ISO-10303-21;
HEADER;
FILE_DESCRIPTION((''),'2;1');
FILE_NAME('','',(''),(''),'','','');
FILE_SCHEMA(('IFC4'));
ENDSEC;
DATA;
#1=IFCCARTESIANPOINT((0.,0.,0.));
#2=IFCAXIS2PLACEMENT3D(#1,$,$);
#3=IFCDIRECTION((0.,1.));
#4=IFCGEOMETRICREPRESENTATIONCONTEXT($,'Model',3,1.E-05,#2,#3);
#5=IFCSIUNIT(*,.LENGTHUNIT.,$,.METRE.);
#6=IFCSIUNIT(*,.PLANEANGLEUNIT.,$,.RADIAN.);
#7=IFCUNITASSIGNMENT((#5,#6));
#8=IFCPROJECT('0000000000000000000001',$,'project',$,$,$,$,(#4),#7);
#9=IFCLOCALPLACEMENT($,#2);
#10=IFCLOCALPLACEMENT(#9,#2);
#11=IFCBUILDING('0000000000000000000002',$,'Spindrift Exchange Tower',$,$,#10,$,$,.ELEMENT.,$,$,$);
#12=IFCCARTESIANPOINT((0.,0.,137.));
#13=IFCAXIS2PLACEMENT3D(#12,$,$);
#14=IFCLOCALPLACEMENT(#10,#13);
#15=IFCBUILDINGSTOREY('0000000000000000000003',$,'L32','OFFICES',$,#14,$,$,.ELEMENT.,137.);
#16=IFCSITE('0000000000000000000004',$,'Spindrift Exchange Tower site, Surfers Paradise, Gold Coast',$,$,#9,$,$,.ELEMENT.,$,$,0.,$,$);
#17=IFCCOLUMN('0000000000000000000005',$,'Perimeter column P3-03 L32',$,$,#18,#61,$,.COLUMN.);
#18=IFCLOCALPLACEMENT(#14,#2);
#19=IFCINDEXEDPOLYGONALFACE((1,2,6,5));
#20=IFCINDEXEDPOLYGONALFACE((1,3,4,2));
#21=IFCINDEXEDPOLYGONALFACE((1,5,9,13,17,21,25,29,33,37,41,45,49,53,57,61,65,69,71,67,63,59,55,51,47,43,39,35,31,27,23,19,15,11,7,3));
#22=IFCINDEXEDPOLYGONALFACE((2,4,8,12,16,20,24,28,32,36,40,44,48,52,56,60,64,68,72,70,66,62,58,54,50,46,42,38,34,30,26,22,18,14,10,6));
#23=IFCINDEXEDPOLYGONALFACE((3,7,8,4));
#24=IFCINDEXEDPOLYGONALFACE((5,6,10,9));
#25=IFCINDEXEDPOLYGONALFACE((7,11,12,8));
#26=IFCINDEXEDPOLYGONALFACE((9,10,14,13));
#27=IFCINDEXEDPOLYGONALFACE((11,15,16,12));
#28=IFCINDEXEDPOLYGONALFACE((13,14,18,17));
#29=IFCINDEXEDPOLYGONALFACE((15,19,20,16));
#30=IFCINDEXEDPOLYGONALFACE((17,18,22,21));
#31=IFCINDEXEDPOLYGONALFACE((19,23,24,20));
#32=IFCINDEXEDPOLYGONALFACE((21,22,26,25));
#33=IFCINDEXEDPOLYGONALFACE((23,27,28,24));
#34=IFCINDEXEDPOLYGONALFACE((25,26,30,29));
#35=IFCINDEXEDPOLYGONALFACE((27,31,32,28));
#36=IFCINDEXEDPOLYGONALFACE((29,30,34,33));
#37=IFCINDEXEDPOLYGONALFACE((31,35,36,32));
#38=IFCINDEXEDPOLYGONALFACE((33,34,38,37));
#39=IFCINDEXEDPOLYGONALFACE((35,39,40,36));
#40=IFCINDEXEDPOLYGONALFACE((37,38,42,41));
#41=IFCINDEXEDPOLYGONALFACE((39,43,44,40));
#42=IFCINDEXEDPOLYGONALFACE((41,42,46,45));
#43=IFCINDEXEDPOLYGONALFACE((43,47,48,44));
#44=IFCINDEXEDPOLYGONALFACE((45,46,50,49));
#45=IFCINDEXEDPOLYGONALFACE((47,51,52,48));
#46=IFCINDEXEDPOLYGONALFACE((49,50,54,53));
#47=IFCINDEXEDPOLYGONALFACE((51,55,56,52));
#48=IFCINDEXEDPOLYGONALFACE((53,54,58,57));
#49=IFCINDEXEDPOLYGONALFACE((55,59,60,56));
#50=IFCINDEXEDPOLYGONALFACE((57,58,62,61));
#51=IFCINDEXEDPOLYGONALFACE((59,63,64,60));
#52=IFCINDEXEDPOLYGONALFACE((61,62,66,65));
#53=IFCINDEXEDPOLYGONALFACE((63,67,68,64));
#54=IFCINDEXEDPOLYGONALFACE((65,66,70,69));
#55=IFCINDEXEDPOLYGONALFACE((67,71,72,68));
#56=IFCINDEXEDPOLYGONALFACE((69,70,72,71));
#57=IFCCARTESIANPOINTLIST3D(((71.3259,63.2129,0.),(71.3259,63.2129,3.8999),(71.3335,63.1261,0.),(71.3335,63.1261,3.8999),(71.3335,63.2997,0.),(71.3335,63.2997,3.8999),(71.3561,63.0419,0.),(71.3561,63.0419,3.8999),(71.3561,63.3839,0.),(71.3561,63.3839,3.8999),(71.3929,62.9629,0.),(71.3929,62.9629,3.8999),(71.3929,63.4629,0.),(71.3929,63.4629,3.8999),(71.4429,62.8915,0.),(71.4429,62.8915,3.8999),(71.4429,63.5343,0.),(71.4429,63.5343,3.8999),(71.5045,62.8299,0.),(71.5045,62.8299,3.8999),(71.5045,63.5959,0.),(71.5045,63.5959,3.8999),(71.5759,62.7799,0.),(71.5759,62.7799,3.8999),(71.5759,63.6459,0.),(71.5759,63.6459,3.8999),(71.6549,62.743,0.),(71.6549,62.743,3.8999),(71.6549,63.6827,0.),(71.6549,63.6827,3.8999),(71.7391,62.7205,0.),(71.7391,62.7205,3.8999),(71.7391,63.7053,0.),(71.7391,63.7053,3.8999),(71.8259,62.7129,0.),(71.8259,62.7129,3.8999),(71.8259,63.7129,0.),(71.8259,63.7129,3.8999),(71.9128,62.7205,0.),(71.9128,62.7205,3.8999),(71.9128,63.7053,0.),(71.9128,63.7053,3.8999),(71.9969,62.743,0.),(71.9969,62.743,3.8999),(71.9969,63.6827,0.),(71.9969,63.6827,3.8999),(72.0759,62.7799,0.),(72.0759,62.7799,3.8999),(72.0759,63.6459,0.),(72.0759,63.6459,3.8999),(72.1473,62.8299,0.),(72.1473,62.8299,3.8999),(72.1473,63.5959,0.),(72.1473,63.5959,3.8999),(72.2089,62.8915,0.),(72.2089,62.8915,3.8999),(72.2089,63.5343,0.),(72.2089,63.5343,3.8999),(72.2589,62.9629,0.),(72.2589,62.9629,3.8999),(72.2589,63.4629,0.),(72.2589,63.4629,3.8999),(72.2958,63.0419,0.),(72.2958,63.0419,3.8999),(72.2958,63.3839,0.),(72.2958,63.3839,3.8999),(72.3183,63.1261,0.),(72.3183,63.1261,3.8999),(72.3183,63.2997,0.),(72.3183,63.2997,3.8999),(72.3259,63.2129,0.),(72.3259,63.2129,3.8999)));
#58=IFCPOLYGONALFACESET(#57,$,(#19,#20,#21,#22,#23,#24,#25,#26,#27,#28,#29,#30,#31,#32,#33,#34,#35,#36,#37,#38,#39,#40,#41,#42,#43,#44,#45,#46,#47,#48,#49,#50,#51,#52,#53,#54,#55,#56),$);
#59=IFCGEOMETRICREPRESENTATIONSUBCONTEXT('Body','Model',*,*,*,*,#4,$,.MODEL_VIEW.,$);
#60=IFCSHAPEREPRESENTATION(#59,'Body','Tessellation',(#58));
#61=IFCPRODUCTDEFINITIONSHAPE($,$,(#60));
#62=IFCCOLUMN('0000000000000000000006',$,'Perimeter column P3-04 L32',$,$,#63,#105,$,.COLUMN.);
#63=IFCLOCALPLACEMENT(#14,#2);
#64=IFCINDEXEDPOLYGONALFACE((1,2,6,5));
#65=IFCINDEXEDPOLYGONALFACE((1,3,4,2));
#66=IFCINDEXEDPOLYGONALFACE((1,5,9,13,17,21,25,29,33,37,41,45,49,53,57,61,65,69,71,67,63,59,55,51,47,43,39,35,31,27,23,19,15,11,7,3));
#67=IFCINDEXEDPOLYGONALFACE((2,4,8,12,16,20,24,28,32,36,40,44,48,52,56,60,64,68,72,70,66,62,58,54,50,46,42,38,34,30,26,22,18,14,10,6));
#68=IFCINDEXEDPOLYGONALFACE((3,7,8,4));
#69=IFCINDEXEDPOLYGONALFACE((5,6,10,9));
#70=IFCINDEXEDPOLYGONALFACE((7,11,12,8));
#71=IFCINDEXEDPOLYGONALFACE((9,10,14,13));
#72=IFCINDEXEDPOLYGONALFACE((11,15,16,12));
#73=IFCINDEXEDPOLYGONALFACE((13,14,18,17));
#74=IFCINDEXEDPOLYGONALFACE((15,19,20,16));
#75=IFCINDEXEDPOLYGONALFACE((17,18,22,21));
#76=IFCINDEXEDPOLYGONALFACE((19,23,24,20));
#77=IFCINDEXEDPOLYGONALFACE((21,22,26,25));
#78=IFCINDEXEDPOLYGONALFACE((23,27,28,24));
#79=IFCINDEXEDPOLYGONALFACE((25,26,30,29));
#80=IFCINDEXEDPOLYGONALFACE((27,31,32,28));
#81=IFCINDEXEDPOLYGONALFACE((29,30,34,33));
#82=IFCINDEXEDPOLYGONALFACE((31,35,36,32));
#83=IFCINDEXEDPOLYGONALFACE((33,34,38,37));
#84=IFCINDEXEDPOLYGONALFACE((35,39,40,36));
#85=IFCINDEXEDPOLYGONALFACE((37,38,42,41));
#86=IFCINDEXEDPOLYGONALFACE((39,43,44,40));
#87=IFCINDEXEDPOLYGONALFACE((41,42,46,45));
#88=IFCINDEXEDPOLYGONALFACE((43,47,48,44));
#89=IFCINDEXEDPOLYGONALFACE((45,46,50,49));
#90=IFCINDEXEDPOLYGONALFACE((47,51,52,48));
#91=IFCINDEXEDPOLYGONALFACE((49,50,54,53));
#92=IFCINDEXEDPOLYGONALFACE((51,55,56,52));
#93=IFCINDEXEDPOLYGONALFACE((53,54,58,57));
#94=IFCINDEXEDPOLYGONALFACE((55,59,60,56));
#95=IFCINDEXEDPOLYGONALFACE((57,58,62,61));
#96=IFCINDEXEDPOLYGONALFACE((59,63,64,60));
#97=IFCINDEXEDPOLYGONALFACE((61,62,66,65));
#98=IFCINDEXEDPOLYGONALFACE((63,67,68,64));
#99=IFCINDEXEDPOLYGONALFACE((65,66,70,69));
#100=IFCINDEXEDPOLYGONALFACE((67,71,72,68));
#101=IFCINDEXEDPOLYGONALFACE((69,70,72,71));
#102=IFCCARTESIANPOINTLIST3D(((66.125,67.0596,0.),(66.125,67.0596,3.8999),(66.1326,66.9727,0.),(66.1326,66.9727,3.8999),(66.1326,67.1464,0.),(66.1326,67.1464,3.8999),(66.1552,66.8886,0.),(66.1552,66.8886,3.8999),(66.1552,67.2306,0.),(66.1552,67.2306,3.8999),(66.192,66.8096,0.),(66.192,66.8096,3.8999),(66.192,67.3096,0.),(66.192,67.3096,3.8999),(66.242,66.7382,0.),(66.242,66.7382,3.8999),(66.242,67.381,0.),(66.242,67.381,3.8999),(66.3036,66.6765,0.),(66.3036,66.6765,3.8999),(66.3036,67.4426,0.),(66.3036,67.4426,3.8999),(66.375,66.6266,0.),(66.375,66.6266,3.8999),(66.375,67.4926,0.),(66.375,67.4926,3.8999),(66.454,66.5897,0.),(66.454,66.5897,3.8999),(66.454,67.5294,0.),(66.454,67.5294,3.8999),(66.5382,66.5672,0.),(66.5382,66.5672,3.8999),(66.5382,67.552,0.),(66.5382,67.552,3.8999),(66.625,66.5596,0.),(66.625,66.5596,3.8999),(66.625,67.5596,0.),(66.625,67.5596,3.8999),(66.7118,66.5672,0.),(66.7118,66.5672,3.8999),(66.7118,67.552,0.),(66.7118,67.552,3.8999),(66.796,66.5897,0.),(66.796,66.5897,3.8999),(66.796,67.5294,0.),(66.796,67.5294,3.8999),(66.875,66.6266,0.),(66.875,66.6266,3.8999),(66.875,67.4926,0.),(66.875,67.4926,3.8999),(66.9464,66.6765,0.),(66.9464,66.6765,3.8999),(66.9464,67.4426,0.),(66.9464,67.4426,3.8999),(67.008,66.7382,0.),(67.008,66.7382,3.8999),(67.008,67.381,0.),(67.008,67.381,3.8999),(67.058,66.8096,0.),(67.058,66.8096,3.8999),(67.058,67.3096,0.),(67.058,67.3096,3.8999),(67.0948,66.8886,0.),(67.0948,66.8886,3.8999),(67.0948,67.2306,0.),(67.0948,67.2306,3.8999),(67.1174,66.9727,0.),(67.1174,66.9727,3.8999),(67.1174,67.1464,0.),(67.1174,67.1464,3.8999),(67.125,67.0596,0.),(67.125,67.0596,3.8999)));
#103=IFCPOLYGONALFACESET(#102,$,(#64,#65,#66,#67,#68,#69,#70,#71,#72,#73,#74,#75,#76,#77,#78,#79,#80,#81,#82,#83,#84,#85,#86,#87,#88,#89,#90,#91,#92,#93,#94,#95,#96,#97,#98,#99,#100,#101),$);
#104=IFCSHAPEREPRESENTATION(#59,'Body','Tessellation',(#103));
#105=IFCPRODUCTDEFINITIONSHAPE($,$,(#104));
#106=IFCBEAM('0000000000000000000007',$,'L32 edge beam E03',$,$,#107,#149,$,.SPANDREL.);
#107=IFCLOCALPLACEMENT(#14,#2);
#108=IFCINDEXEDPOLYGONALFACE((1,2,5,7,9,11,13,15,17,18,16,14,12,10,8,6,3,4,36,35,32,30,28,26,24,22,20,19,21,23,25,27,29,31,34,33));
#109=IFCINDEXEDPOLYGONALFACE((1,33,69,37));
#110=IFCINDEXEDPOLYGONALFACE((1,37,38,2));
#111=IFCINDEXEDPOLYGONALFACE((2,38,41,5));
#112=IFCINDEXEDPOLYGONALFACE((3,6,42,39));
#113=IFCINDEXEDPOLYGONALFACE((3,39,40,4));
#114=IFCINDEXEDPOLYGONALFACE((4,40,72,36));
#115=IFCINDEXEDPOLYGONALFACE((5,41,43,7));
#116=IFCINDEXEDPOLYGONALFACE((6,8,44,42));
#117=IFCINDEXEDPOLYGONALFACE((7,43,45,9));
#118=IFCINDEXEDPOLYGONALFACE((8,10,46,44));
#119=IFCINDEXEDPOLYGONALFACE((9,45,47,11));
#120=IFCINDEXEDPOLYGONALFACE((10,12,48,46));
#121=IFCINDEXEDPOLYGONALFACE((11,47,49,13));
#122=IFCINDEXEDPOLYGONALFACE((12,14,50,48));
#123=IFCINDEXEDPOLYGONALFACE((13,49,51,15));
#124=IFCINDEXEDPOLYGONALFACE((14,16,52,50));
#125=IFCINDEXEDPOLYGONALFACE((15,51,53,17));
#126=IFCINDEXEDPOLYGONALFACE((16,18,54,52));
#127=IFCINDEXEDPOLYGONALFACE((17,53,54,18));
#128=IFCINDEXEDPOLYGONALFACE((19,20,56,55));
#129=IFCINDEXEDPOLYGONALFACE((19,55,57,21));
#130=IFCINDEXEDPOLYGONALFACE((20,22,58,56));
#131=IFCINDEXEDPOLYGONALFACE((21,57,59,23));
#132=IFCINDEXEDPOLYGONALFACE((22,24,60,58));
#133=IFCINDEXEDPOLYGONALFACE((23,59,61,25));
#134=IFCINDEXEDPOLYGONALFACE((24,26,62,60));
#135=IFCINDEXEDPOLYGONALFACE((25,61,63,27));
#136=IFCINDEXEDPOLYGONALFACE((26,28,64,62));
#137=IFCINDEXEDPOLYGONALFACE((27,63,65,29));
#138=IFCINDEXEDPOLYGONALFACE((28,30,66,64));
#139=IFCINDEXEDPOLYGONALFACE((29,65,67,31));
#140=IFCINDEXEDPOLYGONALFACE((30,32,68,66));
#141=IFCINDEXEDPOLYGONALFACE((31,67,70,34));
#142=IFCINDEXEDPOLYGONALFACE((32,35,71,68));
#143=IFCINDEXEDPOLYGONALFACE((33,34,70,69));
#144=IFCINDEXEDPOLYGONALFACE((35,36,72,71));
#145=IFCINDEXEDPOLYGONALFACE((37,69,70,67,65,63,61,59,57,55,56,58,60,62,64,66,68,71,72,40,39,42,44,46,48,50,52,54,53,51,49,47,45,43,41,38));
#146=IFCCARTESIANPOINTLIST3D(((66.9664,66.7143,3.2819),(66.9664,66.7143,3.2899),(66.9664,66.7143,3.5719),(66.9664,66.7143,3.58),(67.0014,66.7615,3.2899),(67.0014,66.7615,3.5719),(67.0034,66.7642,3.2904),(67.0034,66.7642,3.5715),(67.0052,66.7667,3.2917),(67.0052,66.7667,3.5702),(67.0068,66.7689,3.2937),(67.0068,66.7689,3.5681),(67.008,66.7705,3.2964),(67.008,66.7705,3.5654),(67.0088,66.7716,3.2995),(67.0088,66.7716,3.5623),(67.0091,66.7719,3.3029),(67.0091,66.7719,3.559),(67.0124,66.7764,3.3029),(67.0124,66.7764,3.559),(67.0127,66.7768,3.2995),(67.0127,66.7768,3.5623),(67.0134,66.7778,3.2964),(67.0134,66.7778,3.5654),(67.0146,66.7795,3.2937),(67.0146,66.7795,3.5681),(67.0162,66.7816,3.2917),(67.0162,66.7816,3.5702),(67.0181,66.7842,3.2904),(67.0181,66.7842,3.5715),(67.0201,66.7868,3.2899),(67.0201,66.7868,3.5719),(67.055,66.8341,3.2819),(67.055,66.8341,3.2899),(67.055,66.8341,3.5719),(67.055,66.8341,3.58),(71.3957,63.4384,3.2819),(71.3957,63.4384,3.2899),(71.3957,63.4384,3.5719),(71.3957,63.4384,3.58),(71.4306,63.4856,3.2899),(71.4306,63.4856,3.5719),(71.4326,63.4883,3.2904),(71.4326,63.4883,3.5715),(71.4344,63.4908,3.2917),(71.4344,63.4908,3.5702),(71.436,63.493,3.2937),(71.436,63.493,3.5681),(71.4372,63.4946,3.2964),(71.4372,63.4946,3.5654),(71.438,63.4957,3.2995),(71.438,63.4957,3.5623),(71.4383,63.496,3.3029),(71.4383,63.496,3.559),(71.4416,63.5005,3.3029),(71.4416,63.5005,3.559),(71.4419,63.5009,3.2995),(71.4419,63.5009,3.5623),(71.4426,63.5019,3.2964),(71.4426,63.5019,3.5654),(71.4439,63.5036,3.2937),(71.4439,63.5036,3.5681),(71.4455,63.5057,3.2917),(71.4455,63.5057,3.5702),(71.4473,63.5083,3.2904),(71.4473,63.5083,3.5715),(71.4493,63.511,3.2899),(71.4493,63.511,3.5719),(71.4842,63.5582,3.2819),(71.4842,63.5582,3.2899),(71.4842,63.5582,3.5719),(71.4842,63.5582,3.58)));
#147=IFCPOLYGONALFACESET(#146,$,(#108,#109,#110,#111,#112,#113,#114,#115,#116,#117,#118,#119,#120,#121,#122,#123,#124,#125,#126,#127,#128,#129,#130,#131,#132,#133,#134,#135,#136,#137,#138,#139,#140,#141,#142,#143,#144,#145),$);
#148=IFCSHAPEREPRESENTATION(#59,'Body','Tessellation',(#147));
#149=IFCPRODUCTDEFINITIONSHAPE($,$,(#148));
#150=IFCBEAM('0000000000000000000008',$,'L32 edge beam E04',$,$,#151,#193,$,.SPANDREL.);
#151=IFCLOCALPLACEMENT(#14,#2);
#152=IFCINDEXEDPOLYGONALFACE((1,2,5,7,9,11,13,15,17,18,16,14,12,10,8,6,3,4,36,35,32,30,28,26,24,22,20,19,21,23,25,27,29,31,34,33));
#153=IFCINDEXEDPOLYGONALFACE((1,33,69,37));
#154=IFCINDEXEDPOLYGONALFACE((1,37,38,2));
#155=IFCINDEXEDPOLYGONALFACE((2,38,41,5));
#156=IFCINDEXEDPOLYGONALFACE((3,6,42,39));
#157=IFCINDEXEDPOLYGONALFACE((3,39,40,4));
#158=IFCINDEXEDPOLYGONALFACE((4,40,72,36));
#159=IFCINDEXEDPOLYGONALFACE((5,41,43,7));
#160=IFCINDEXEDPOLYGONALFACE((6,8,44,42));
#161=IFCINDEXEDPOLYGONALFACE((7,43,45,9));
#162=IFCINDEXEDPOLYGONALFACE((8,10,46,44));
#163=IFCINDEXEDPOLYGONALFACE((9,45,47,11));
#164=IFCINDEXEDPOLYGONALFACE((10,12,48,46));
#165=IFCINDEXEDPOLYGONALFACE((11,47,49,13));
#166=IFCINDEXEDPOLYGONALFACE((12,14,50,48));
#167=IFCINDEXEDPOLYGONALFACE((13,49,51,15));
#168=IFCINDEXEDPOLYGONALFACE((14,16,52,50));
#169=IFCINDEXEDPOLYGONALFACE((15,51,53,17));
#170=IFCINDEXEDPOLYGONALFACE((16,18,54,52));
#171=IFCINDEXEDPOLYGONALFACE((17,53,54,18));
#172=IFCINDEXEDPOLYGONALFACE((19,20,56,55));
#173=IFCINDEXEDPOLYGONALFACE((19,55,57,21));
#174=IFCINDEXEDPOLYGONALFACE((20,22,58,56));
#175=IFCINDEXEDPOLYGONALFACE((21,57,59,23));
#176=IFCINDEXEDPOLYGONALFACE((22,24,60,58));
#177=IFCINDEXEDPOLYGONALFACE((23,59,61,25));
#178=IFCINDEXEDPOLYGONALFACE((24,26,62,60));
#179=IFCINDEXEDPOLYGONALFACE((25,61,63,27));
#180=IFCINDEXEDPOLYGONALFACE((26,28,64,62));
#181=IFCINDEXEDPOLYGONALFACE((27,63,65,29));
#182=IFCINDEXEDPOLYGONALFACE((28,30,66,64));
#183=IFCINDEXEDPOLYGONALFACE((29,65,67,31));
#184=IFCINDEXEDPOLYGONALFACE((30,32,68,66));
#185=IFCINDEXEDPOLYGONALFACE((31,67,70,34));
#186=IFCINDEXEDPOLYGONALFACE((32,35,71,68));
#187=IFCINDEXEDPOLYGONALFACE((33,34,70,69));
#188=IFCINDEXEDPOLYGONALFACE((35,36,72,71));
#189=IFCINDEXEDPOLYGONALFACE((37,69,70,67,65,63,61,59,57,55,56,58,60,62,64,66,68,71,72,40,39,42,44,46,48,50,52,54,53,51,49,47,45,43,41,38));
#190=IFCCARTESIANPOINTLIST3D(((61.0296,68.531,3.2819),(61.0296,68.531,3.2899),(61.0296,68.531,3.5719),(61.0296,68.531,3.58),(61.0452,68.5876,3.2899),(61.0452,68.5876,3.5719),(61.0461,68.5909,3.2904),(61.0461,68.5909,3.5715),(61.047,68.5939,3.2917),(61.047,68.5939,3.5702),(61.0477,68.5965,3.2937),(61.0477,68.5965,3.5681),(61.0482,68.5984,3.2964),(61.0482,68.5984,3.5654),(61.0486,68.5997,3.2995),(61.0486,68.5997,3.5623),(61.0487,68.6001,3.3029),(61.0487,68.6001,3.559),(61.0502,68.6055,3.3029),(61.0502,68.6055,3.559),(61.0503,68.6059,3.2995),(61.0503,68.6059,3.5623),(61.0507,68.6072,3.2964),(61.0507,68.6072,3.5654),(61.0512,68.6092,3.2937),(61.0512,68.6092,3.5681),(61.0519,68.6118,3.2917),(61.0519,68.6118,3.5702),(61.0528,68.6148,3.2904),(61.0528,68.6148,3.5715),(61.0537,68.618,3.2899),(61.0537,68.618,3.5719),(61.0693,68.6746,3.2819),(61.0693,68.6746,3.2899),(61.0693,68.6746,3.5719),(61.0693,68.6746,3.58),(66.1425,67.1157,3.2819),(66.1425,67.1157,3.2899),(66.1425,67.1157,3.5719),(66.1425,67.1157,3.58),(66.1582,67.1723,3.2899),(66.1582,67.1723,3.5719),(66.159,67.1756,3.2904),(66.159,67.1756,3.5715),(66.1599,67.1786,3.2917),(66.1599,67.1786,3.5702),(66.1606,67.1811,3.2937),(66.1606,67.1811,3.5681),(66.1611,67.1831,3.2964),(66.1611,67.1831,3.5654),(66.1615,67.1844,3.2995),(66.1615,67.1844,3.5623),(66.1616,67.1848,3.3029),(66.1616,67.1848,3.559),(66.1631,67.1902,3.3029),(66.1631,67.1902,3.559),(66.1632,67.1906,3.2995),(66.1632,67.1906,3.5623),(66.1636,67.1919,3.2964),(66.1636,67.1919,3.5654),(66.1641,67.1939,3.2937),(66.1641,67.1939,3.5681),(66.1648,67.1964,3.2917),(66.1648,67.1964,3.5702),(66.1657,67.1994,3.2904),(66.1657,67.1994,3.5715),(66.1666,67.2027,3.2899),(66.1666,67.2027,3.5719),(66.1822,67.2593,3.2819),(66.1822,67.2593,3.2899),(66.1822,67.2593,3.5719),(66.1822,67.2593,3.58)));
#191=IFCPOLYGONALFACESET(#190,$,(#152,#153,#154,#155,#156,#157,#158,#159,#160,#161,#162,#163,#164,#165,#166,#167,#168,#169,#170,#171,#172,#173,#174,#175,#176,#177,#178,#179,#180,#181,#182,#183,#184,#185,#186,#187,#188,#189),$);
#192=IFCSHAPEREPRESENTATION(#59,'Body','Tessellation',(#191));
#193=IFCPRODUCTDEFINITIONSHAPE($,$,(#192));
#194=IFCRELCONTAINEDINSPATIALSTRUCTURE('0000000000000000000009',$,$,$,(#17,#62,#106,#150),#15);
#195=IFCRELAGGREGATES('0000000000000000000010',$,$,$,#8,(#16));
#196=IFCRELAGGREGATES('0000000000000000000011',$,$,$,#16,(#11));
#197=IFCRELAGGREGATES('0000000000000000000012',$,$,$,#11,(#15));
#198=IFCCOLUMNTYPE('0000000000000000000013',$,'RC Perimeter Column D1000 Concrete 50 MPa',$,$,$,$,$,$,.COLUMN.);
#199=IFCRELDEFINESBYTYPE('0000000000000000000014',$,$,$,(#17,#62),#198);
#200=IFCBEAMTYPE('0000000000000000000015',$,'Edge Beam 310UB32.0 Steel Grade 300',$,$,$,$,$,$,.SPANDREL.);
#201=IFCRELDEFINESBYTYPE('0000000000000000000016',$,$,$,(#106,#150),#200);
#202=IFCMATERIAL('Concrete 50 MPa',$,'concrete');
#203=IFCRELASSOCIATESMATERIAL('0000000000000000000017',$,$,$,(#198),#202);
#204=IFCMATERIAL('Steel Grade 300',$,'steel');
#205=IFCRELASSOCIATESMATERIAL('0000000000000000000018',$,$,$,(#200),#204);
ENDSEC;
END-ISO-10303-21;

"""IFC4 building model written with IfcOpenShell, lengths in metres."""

from ifc_helpers import new_model, si_unit, direction, frame, origin, origin_2d, place, context, subcontext, project, spatial, circle, i_section, extrude, source, transform, mapped, material, material_profile, profile_set, type_object, element, save


model = new_model("IFC4")

# Units and contexts
model_context = context("Model", 3, precision=1e-05, world=origin(), true_north=direction((0.0, 1.0)))
body_context = subcontext(model_context, "Body", "Model", "MODEL_VIEW")
ifc_project = project(units=[si_unit("LENGTHUNIT", "METRE"), si_unit("PLANEANGLEUNIT", "RADIAN")], contexts=[model_context])

# Site, building, storey
site_placement = place(None, origin())
site = spatial("IfcSite", under=ifc_project, at=site_placement, Name="Spindrift Exchange Tower site, Surfers Paradise, Gold Coast", CompositionType="ELEMENT", RefElevation=0.0)
building_placement = place(site_placement, origin())
building = spatial("IfcBuilding", under=site, at=building_placement, Name="Spindrift Exchange Tower", CompositionType="ELEMENT")
storey_placement = place(building_placement, frame((0.0, 0.0, 137.0)))
storey = spatial("IfcBuildingStorey", under=building, at=storey_placement, Name="L32", Description="OFFICES", CompositionType="ELEMENT", Elevation=137.0)

# Columns
ifc_material_1 = material(Name="Concrete 50 MPa", Category="concrete")
ifc_material_profile_1 = material_profile(ifc_material_1, circle(Radius=0.5, at=origin_2d()), Name="RC D1000")
ifc_profile_set_1 = profile_set([ifc_material_profile_1], Name="Concrete 50 MPa")
column_type = type_object("IfcColumnType", Name="RC Perimeter Column D1000 Concrete 50 MPa", PredefinedType="COLUMN", material=ifc_profile_set_1)
shared_shape_1 = source(origin(), body_context, "Body", "SweptSolid", [
    extrude(circle(Radius=0.5, at=origin_2d()), origin(), (0.0, 0.0, 1.0), 3.8999),
])
for number, where, z_axis, x_axis, name in (
    (1, (71.8259, 63.2129, 0.0), (0.0, 0.0, 1.0), (1.0, 0.0, 0.0), "Perimeter column P3-03 L32"),
    (2, (66.625, 67.0596, 0.0), (0.0, 0.0, 1.0), (1.0, 0.0, 0.0), "Perimeter column P3-04 L32"),
):
    element("IfcColumn", number, at=place(storey_placement, frame(where, z_axis=z_axis, x_axis=x_axis)), inside=storey, type_object=column_type, Name=name, PredefinedType="COLUMN", context=body_context, shape_type="MappedRepresentation", body=[
        mapped(shared_shape_1, transform((0.0, 0.0, 0.0), scale=1.0)),
    ])

# Beams
ifc_material_2 = material(Name="Steel Grade 300", Category="steel")
ifc_material_profile_2 = material_profile(ifc_material_2, i_section(OverallWidth=0.1489, OverallDepth=0.2981, WebThickness=0.0056, FlangeThickness=0.0081, FilletRadius=0.0129, at=origin_2d()), Name="310UB32.0")
ifc_profile_set_2 = profile_set([ifc_material_profile_2], Name="Steel Grade 300")
beam_type_1 = type_object("IfcBeamType", Name="Edge Beam 310UB32.0 Steel Grade 300", PredefinedType="SPANDREL", material=ifc_profile_set_2)
shared_shape_2 = source(origin(), body_context, "Body", "SweptSolid", [
    extrude(i_section(OverallWidth=0.1489, OverallDepth=0.2981, WebThickness=0.0056, FlangeThickness=0.0081, FilletRadius=0.0129, at=origin_2d()), origin(), (0.0, 0.0, 1.0), 5.509),
])
beam_1_placement = place(storey_placement, frame((71.4399, 63.4983, 3.4309), z_axis=(-0.803992, 0.59464, 0.0), x_axis=(-0.59464, -0.803992, 0.0)))
element("IfcBeam", 3, at=beam_1_placement, inside=storey, type_object=beam_type_1, Name="L32 edge beam E03", PredefinedType="SPANDREL", context=body_context, shape_type="MappedRepresentation", body=[
    mapped(shared_shape_2, transform((0.0, 0.0, 0.0), scale=1.0)),
])
shared_shape_3 = source(origin(), body_context, "Body", "SweptSolid", [
    extrude(i_section(OverallWidth=0.1489, OverallDepth=0.2981, WebThickness=0.0056, FlangeThickness=0.0081, FilletRadius=0.0129, at=origin_2d()), origin(), (0.0, 0.0, 1.0), 5.3052),
])
beam_2_placement = place(storey_placement, frame((66.1624, 67.1875, 3.4309), z_axis=(-0.963758, 0.26678, 0.0), x_axis=(-0.26678, -0.963758, 0.0)))
element("IfcBeam", 4, at=beam_2_placement, inside=storey, type_object=beam_type_1, Name="L32 edge beam E04", PredefinedType="SPANDREL", context=body_context, shape_type="MappedRepresentation", body=[
    mapped(shared_shape_3, transform((0.0, 0.0, 0.0), scale=1.0)),
])

save(model, "model.ifc")
